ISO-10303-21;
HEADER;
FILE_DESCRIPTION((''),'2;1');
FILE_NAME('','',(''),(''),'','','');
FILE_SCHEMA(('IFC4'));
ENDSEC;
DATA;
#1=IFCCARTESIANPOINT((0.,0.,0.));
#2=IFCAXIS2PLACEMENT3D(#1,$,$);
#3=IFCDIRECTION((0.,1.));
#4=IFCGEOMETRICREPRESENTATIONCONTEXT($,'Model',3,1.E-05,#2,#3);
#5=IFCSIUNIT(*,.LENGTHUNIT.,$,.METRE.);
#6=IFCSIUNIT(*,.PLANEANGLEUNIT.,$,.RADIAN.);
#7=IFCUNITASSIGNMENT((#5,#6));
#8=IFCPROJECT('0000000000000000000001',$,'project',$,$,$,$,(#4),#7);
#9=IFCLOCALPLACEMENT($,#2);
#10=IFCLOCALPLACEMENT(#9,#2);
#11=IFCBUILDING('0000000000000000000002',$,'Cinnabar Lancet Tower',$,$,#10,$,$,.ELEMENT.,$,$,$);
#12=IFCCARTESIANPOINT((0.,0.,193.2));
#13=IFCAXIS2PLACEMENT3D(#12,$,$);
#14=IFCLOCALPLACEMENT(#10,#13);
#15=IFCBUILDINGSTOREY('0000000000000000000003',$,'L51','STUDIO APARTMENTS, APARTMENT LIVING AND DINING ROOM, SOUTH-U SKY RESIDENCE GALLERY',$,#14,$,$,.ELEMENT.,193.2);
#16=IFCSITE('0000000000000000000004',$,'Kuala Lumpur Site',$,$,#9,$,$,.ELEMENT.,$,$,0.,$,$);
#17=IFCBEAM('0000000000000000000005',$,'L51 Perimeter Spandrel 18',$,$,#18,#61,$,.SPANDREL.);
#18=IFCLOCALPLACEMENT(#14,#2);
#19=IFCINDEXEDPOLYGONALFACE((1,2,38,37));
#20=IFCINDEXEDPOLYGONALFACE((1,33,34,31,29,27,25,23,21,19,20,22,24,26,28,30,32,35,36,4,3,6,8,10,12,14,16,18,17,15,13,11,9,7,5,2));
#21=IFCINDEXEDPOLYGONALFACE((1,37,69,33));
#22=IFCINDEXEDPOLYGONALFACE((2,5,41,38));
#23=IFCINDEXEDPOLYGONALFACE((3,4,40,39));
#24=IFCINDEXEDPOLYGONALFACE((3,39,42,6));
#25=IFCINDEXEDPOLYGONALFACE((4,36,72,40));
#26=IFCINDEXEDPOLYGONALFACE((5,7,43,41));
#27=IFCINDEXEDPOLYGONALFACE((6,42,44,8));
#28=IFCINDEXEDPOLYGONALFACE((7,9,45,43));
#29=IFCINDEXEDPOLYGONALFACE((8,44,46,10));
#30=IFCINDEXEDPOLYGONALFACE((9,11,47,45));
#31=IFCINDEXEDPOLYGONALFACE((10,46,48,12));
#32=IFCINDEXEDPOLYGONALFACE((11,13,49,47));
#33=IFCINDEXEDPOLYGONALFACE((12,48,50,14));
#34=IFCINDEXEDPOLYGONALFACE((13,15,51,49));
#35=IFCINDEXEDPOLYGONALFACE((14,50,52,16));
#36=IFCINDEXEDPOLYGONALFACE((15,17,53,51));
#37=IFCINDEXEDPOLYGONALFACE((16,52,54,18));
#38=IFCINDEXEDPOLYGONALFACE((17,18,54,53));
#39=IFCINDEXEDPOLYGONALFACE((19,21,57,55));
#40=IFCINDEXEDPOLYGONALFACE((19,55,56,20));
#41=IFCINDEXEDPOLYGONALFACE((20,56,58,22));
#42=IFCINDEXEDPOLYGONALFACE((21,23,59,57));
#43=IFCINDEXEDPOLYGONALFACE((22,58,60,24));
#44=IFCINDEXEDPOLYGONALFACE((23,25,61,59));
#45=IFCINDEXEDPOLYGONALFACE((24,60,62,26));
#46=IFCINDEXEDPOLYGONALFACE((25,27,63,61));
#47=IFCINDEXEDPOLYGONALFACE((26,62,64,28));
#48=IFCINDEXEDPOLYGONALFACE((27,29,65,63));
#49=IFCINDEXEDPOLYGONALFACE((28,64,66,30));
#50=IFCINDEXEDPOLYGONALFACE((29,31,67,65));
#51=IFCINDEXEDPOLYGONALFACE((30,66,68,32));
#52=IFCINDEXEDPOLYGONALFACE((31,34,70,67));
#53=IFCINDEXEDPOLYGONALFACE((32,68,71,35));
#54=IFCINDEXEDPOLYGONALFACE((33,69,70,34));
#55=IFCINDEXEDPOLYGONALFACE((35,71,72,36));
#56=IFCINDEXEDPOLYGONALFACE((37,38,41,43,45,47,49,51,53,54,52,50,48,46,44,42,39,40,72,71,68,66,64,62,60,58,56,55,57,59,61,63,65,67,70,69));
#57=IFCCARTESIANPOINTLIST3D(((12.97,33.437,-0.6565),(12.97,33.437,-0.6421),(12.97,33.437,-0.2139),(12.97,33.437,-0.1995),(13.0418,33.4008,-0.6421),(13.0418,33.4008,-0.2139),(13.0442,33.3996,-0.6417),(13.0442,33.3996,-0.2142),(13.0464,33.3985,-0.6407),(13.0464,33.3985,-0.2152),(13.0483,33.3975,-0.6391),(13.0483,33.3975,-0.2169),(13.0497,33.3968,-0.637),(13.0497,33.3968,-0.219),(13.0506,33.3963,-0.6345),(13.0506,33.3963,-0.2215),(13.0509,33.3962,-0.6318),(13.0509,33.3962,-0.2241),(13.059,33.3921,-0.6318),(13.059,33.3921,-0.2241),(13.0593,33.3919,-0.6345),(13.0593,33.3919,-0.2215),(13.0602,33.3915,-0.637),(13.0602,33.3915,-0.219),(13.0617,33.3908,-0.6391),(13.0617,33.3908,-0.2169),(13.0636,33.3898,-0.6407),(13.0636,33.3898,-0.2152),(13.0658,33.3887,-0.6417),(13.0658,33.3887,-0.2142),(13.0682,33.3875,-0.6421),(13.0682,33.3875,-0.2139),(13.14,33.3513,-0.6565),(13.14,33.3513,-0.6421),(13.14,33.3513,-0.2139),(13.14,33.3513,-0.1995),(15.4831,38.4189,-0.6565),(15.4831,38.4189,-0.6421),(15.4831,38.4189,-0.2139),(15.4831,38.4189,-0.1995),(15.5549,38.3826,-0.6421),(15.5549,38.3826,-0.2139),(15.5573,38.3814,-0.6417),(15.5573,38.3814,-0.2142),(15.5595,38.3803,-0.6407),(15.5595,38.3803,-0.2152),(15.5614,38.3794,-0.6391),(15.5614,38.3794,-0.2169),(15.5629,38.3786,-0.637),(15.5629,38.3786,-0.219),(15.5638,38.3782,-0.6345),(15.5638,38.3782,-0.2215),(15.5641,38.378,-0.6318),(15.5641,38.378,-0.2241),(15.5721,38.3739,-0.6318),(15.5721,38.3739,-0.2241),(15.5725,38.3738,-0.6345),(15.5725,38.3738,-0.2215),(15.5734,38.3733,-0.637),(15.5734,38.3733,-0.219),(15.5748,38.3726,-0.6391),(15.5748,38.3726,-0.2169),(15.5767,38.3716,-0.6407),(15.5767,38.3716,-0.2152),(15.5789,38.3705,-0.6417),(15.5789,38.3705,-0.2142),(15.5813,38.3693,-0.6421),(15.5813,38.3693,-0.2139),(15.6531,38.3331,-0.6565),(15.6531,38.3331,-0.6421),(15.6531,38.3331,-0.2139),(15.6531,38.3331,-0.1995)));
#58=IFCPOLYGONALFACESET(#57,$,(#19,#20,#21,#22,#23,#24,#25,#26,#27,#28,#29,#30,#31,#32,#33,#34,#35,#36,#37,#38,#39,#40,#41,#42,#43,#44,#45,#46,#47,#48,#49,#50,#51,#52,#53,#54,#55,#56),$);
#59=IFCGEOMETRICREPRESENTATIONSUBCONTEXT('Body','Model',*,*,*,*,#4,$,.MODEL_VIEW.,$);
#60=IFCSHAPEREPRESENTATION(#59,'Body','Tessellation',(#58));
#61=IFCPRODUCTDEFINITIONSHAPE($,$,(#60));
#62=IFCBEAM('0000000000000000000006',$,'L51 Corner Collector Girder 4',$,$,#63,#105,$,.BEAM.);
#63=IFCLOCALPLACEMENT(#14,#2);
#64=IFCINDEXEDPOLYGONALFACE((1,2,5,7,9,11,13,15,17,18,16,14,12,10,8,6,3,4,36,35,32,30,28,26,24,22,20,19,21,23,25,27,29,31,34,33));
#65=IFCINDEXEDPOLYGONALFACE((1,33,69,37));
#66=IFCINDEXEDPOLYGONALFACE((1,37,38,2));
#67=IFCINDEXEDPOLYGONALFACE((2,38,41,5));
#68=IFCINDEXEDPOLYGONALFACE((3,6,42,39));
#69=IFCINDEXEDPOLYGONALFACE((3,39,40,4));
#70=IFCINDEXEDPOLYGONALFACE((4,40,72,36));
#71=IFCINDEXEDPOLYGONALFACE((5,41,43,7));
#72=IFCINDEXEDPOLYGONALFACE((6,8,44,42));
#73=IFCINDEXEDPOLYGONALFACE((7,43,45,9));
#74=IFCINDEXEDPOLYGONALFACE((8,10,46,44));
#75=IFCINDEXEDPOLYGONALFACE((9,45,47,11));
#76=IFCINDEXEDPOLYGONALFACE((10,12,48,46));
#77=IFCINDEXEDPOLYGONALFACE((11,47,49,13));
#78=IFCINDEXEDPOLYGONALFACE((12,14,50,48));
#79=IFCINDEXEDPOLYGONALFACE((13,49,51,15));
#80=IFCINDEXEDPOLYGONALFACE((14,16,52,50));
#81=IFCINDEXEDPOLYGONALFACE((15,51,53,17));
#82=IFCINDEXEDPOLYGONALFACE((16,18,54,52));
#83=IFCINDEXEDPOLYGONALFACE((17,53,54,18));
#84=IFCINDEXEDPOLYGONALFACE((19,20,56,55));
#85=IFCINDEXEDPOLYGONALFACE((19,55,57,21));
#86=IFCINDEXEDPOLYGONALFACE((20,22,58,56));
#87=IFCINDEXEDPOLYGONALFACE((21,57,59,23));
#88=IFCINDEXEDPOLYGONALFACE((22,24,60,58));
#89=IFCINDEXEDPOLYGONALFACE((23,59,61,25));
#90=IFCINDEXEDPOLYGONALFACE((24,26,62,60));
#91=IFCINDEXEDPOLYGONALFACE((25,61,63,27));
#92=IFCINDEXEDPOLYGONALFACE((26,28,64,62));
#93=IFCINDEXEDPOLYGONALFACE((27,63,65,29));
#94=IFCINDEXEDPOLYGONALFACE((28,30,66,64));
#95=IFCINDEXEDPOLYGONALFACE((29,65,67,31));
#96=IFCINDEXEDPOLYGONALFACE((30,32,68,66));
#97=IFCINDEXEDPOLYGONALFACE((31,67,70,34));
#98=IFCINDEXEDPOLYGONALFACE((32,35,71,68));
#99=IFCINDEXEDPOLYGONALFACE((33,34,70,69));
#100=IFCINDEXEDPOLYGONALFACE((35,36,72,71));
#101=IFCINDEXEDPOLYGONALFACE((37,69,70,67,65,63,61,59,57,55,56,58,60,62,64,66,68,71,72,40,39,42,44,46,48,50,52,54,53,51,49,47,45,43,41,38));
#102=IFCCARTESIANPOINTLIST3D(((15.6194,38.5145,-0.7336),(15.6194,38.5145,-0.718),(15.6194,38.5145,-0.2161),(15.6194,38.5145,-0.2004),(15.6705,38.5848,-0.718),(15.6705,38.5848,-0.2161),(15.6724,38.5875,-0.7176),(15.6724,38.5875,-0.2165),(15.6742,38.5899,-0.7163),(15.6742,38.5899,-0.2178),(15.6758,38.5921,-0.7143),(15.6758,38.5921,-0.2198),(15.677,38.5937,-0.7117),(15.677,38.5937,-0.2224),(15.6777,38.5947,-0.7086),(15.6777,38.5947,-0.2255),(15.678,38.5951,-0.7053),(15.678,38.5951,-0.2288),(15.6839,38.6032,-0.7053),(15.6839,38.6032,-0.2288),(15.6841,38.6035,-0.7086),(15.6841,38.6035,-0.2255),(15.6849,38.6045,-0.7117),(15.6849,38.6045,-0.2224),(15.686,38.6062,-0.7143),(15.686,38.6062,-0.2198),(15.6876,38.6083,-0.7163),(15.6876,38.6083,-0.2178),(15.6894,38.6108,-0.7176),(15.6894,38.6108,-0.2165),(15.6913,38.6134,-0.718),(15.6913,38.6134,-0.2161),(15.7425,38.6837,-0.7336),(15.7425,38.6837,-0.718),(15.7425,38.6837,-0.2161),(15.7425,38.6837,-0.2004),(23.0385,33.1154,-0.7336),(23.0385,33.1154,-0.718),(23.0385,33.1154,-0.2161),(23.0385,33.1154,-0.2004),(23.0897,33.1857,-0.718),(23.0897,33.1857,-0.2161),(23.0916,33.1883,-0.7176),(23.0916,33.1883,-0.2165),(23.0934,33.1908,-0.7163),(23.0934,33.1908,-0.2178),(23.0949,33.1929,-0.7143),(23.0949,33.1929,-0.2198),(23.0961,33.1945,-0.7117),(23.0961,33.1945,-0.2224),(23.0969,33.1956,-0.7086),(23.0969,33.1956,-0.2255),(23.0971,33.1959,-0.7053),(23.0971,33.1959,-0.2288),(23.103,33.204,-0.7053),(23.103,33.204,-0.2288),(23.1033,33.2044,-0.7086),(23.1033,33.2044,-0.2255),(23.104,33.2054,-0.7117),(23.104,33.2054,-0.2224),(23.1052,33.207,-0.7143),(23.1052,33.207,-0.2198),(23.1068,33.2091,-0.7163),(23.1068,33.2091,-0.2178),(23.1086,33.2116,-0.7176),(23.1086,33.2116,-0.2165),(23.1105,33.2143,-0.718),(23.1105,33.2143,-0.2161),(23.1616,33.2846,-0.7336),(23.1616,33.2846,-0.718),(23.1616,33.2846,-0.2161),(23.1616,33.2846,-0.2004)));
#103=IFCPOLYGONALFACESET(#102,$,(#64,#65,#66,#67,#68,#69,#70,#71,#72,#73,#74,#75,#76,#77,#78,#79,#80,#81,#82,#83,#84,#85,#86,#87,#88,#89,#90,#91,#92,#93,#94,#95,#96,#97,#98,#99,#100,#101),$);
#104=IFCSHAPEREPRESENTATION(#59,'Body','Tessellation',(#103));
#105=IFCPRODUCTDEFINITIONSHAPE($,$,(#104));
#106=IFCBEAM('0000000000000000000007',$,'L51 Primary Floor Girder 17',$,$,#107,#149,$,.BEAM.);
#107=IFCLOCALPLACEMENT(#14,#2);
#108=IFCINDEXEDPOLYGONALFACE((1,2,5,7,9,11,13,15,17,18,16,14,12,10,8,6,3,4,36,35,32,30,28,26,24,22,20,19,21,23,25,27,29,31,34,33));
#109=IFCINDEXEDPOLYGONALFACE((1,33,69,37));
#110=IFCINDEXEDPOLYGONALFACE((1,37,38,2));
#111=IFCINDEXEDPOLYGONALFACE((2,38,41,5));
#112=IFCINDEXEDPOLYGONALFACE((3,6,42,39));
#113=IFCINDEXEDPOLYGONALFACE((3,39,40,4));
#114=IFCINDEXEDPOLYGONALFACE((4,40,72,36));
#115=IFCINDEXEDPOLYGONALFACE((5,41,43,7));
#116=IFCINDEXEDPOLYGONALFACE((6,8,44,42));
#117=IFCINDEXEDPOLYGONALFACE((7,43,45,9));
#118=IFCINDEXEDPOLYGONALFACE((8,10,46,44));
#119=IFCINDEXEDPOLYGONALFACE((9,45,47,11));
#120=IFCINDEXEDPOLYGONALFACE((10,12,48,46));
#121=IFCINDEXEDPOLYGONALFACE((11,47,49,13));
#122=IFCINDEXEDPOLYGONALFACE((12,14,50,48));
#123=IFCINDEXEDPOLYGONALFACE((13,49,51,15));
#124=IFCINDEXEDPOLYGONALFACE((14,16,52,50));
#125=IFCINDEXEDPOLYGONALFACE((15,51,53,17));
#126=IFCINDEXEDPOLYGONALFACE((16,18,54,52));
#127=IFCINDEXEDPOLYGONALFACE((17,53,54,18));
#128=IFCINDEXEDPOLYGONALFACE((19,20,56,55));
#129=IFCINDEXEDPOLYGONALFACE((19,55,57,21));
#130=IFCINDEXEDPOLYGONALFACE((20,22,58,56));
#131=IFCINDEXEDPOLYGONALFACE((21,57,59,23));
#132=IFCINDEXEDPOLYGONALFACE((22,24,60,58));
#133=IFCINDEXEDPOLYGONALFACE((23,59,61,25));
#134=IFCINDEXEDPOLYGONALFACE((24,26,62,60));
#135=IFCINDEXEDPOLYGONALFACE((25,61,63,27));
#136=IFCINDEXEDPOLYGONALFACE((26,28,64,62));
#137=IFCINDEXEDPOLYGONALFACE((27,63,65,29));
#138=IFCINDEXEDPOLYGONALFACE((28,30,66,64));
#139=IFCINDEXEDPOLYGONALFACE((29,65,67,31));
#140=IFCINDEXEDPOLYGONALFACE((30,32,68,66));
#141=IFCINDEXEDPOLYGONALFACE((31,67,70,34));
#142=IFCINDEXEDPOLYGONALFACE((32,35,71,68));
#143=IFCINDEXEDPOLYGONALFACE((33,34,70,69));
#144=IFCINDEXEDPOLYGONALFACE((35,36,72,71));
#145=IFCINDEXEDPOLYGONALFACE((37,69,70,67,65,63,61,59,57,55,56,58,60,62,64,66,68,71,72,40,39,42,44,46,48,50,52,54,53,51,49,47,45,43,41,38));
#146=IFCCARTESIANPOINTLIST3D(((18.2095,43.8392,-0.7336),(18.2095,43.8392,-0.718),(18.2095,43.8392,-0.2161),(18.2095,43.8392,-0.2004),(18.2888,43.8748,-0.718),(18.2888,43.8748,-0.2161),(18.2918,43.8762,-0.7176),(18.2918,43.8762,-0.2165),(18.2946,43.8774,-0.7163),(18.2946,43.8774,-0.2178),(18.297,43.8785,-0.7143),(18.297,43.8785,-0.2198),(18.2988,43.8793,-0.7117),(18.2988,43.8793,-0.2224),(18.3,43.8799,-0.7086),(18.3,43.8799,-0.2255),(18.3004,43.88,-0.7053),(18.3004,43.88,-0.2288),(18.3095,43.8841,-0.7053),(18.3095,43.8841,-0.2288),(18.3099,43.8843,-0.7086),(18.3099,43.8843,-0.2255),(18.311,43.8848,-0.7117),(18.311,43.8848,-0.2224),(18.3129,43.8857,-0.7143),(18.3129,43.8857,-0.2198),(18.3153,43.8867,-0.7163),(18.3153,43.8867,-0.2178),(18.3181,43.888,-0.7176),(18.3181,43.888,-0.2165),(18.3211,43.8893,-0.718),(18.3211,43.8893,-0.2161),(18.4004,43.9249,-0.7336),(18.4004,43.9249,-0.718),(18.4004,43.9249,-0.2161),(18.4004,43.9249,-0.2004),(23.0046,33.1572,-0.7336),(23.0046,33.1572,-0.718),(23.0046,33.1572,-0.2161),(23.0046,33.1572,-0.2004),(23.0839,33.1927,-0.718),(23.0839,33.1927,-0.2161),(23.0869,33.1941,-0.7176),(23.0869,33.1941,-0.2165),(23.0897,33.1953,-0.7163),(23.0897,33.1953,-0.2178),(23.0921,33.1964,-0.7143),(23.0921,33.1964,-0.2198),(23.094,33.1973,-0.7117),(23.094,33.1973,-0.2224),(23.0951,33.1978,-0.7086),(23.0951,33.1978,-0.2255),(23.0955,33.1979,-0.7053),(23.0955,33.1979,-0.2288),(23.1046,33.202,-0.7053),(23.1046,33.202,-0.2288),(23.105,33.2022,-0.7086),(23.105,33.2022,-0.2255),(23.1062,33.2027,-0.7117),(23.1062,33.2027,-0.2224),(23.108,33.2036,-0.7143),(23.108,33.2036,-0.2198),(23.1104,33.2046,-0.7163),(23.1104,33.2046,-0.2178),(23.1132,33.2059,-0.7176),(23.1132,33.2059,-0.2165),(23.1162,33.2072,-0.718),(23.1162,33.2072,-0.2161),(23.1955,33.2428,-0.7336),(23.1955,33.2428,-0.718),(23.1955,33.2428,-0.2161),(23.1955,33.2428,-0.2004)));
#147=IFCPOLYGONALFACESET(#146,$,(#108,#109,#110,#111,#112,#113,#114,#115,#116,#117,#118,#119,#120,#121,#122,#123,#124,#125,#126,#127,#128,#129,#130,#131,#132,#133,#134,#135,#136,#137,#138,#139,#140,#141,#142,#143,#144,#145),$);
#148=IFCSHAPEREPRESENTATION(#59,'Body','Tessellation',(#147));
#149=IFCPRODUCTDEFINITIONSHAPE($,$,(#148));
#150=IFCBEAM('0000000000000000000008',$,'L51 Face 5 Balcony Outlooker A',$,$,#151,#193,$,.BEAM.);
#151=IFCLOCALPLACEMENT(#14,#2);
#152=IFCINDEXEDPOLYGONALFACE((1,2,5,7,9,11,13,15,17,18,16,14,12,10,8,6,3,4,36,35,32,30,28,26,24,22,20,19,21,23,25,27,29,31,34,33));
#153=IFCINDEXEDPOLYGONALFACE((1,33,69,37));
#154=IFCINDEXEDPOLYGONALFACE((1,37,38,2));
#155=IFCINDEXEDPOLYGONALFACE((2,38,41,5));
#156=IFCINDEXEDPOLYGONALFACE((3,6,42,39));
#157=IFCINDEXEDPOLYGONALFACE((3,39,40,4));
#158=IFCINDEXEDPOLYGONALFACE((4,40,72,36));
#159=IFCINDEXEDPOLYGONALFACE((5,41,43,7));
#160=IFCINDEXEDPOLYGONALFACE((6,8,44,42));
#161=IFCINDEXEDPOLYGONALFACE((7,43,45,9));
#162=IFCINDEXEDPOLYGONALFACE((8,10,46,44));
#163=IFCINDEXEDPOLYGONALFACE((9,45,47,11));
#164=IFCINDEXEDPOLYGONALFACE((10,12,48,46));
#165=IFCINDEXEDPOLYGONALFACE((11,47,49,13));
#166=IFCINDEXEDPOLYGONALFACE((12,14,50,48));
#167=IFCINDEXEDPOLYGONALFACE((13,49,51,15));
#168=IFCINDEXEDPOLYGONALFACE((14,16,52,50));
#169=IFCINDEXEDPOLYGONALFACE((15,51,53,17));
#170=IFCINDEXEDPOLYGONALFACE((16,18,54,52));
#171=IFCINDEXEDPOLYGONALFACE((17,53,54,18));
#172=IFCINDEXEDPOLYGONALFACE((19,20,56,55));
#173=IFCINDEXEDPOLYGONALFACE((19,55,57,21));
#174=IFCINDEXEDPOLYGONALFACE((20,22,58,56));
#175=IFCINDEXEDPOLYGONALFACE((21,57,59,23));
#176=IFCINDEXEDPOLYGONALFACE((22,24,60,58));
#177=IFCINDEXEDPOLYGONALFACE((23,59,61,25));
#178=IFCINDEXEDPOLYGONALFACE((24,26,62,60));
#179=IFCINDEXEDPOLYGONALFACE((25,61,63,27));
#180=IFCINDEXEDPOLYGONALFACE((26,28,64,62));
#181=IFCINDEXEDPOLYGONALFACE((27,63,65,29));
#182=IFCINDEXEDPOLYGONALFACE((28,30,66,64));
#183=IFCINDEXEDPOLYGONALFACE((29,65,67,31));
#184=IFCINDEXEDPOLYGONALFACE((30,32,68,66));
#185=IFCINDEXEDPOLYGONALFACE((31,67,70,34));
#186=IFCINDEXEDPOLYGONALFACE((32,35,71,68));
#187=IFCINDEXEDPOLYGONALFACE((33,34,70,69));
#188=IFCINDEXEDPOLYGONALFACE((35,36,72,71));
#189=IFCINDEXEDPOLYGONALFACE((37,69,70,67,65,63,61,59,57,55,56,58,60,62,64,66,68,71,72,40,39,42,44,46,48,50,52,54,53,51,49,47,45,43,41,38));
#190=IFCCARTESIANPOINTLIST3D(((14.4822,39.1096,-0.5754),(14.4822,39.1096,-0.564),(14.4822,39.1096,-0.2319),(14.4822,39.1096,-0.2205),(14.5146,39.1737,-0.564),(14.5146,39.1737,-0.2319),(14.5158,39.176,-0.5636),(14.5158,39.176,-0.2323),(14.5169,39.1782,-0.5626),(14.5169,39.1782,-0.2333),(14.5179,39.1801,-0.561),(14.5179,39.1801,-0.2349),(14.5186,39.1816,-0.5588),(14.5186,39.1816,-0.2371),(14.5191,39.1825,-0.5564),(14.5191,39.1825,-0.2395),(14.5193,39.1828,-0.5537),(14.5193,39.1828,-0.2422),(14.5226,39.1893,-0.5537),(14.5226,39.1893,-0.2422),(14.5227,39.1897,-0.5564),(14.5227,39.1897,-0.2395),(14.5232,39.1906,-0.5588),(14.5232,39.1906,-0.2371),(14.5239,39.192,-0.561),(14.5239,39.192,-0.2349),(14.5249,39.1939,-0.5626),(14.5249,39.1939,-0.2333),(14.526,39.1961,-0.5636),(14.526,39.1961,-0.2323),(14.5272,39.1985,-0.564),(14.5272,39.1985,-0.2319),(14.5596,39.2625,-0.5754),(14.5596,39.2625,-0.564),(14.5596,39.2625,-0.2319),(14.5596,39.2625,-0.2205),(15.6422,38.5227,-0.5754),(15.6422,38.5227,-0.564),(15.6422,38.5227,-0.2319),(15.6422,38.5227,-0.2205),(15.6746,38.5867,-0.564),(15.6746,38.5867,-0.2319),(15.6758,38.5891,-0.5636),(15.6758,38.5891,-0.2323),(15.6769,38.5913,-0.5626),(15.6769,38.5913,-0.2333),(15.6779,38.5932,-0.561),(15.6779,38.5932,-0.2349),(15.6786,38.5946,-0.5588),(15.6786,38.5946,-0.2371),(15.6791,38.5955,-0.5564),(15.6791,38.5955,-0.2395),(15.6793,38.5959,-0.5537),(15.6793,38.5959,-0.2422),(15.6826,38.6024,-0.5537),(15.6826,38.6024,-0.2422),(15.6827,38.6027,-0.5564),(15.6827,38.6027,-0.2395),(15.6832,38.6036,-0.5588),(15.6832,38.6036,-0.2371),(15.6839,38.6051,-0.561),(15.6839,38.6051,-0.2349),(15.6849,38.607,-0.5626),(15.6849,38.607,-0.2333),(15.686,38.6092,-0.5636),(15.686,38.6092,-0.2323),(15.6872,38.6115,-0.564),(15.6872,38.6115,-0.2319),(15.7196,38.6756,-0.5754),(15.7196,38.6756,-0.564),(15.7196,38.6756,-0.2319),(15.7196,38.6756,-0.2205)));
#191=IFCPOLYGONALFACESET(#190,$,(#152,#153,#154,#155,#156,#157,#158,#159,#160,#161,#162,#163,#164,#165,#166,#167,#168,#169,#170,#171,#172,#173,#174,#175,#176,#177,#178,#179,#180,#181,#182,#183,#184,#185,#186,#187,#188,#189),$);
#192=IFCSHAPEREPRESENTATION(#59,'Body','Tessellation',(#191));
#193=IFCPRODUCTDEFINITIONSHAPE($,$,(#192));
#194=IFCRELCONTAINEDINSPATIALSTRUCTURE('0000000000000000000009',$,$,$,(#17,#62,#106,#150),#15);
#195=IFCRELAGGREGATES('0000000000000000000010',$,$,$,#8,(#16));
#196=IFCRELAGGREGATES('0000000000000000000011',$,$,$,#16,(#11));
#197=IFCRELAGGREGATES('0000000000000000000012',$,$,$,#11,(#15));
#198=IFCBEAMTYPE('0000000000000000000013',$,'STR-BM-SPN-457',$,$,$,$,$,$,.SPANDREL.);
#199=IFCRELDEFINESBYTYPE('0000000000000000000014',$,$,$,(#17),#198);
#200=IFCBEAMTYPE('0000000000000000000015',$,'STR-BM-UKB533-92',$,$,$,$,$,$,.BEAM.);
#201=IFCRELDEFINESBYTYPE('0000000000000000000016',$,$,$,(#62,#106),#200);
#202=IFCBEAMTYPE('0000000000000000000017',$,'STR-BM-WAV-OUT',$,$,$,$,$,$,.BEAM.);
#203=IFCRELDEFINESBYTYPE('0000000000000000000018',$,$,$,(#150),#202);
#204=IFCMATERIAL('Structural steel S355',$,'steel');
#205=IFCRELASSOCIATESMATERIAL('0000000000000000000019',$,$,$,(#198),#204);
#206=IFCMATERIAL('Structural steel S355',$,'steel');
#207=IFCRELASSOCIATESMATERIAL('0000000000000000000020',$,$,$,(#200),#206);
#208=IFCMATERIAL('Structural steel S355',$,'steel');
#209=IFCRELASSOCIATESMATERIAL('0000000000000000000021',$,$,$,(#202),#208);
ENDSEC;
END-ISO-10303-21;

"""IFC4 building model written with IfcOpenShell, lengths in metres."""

from ifc_helpers import new_model, si_unit, direction, frame, origin, origin_2d, place, context, subcontext, project, spatial, i_section, extrude, material, material_profile, profile_set, type_object, element, save


model = new_model("IFC4")

# Units and contexts
model_context = context("Model", 3, precision=1e-05, world=origin(), true_north=direction((0.0, 1.0)))
body_context = subcontext(model_context, "Body", "Model", "MODEL_VIEW")
ifc_project = project(units=[si_unit("LENGTHUNIT", "METRE"), si_unit("PLANEANGLEUNIT", "RADIAN")], contexts=[model_context])

# Site, building, storey
site_placement = place(None, origin())
site = spatial("IfcSite", under=ifc_project, at=site_placement, Name="Kuala Lumpur Site", CompositionType="ELEMENT", RefElevation=0.0)
building_placement = place(site_placement, origin())
building = spatial("IfcBuilding", under=site, at=building_placement, Name="Cinnabar Lancet Tower", CompositionType="ELEMENT")
storey_placement = place(building_placement, frame((0.0, 0.0, 193.2)))
storey = spatial("IfcBuildingStorey", under=building, at=storey_placement, Name="L51", Description="STUDIO APARTMENTS, APARTMENT LIVING AND DINING ROOM, SOUTH-U SKY RESIDENCE GALLERY", CompositionType="ELEMENT", Elevation=193.2)

# Beams
ifc_material_1 = material(Name="Structural steel S355", Category="steel")
ifc_material_profile_1 = material_profile(ifc_material_1, i_section(OverallWidth=0.1904, OverallDepth=0.457, WebThickness=0.009, FlangeThickness=0.0144, FilletRadius=0.0103, at=origin_2d()), Name="UKB 457x191x74")
ifc_profile_set_1 = profile_set([ifc_material_profile_1], Name="Structural steel S355")
beam_type_1 = type_object("IfcBeamType", Name="STR-BM-SPN-457", PredefinedType="SPANDREL", material=ifc_profile_set_1)
beam_1_placement = place(storey_placement, frame((15.5681, 38.376, -0.428), z_axis=(-0.450396, -0.892829, 0.0), x_axis=(0.892829, -0.450396, 0.0)))
element("IfcBeam", 1, at=beam_1_placement, inside=storey, type_object=beam_type_1, Name="L51 Perimeter Spandrel 18", PredefinedType="SPANDREL", context=body_context, shape_type="SweptSolid", body=[
    extrude(i_section(OverallWidth=0.1904, OverallDepth=0.457, WebThickness=0.009, FlangeThickness=0.0144, FilletRadius=0.0103, at=origin_2d()), origin(), (0.0, 0.0, 1.0), 5.5798),
])
ifc_material_2 = material(Name="Structural steel S355", Category="steel")
ifc_material_profile_2 = material_profile(ifc_material_2, i_section(OverallWidth=0.2092, OverallDepth=0.5332, WebThickness=0.01, FlangeThickness=0.0156, FilletRadius=0.0127, at=origin_2d()), Name="UKB 533x210x92")
ifc_profile_set_2 = profile_set([ifc_material_profile_2], Name="Structural steel S355")
beam_type_2 = type_object("IfcBeamType", Name="STR-BM-UKB533-92", PredefinedType="BEAM", material=ifc_profile_set_2)
beam_2_placement = place(storey_placement, frame((15.6809, 38.5991, -0.467), z_axis=(0.80856, -0.588414, 0.0), x_axis=(0.588414, 0.80856, 0.0)))
element("IfcBeam", 2, at=beam_2_placement, inside=storey, type_object=beam_type_2, Name="L51 Corner Collector Girder 4", PredefinedType="BEAM", context=body_context, shape_type="SweptSolid", body=[
    extrude(i_section(OverallWidth=0.2092, OverallDepth=0.5332, WebThickness=0.01, FlangeThickness=0.0156, FilletRadius=0.0127, at=origin_2d()), origin(), (0.0, 0.0, 1.0), 9.1758),
])
beam_3_placement = place(storey_placement, frame((18.3049, 43.8821, -0.467), z_axis=(0.409527, -0.912298, 0.0), x_axis=(0.912298, 0.409527, 0.0)))
element("IfcBeam", 3, at=beam_3_placement, inside=storey, type_object=beam_type_2, Name="L51 Primary Floor Girder 17", PredefinedType="BEAM", context=body_context, shape_type="SweptSolid", body=[
    extrude(i_section(OverallWidth=0.2092, OverallDepth=0.5332, WebThickness=0.01, FlangeThickness=0.0156, FilletRadius=0.0127, at=origin_2d()), origin(), (0.0, 0.0, 1.0), 11.709),
])
ifc_material_3 = material(Name="Structural steel S355", Category="steel")
ifc_material_profile_3 = material_profile(ifc_material_3, i_section(OverallWidth=0.1714, OverallDepth=0.355, WebThickness=0.0073, FlangeThickness=0.0115, FilletRadius=0.0103, at=origin_2d()), Name="UKB 356x171x51")
ifc_profile_set_3 = profile_set([ifc_material_profile_3], Name="Structural steel S355")
beam_type_3 = type_object("IfcBeamType", Name="STR-BM-WAV-OUT", PredefinedType="BEAM", material=ifc_profile_set_3)
beam_4_placement = place(storey_placement, frame((15.6809, 38.5991, -0.3979), z_axis=(-0.892276, 0.45149, 0.0), x_axis=(-0.45149, -0.892276, 0.0)))
element("IfcBeam", 4, at=beam_4_placement, inside=storey, type_object=beam_type_3, Name="L51 Face 5 Balcony Outlooker A", PredefinedType="BEAM", context=body_context, shape_type="SweptSolid", body=[
    extrude(i_section(OverallWidth=0.1714, OverallDepth=0.355, WebThickness=0.0073, FlangeThickness=0.0115, FilletRadius=0.0103, at=origin_2d()), origin(), (0.0, 0.0, 1.0), 1.3),
])

save(model, "model.ifc")
